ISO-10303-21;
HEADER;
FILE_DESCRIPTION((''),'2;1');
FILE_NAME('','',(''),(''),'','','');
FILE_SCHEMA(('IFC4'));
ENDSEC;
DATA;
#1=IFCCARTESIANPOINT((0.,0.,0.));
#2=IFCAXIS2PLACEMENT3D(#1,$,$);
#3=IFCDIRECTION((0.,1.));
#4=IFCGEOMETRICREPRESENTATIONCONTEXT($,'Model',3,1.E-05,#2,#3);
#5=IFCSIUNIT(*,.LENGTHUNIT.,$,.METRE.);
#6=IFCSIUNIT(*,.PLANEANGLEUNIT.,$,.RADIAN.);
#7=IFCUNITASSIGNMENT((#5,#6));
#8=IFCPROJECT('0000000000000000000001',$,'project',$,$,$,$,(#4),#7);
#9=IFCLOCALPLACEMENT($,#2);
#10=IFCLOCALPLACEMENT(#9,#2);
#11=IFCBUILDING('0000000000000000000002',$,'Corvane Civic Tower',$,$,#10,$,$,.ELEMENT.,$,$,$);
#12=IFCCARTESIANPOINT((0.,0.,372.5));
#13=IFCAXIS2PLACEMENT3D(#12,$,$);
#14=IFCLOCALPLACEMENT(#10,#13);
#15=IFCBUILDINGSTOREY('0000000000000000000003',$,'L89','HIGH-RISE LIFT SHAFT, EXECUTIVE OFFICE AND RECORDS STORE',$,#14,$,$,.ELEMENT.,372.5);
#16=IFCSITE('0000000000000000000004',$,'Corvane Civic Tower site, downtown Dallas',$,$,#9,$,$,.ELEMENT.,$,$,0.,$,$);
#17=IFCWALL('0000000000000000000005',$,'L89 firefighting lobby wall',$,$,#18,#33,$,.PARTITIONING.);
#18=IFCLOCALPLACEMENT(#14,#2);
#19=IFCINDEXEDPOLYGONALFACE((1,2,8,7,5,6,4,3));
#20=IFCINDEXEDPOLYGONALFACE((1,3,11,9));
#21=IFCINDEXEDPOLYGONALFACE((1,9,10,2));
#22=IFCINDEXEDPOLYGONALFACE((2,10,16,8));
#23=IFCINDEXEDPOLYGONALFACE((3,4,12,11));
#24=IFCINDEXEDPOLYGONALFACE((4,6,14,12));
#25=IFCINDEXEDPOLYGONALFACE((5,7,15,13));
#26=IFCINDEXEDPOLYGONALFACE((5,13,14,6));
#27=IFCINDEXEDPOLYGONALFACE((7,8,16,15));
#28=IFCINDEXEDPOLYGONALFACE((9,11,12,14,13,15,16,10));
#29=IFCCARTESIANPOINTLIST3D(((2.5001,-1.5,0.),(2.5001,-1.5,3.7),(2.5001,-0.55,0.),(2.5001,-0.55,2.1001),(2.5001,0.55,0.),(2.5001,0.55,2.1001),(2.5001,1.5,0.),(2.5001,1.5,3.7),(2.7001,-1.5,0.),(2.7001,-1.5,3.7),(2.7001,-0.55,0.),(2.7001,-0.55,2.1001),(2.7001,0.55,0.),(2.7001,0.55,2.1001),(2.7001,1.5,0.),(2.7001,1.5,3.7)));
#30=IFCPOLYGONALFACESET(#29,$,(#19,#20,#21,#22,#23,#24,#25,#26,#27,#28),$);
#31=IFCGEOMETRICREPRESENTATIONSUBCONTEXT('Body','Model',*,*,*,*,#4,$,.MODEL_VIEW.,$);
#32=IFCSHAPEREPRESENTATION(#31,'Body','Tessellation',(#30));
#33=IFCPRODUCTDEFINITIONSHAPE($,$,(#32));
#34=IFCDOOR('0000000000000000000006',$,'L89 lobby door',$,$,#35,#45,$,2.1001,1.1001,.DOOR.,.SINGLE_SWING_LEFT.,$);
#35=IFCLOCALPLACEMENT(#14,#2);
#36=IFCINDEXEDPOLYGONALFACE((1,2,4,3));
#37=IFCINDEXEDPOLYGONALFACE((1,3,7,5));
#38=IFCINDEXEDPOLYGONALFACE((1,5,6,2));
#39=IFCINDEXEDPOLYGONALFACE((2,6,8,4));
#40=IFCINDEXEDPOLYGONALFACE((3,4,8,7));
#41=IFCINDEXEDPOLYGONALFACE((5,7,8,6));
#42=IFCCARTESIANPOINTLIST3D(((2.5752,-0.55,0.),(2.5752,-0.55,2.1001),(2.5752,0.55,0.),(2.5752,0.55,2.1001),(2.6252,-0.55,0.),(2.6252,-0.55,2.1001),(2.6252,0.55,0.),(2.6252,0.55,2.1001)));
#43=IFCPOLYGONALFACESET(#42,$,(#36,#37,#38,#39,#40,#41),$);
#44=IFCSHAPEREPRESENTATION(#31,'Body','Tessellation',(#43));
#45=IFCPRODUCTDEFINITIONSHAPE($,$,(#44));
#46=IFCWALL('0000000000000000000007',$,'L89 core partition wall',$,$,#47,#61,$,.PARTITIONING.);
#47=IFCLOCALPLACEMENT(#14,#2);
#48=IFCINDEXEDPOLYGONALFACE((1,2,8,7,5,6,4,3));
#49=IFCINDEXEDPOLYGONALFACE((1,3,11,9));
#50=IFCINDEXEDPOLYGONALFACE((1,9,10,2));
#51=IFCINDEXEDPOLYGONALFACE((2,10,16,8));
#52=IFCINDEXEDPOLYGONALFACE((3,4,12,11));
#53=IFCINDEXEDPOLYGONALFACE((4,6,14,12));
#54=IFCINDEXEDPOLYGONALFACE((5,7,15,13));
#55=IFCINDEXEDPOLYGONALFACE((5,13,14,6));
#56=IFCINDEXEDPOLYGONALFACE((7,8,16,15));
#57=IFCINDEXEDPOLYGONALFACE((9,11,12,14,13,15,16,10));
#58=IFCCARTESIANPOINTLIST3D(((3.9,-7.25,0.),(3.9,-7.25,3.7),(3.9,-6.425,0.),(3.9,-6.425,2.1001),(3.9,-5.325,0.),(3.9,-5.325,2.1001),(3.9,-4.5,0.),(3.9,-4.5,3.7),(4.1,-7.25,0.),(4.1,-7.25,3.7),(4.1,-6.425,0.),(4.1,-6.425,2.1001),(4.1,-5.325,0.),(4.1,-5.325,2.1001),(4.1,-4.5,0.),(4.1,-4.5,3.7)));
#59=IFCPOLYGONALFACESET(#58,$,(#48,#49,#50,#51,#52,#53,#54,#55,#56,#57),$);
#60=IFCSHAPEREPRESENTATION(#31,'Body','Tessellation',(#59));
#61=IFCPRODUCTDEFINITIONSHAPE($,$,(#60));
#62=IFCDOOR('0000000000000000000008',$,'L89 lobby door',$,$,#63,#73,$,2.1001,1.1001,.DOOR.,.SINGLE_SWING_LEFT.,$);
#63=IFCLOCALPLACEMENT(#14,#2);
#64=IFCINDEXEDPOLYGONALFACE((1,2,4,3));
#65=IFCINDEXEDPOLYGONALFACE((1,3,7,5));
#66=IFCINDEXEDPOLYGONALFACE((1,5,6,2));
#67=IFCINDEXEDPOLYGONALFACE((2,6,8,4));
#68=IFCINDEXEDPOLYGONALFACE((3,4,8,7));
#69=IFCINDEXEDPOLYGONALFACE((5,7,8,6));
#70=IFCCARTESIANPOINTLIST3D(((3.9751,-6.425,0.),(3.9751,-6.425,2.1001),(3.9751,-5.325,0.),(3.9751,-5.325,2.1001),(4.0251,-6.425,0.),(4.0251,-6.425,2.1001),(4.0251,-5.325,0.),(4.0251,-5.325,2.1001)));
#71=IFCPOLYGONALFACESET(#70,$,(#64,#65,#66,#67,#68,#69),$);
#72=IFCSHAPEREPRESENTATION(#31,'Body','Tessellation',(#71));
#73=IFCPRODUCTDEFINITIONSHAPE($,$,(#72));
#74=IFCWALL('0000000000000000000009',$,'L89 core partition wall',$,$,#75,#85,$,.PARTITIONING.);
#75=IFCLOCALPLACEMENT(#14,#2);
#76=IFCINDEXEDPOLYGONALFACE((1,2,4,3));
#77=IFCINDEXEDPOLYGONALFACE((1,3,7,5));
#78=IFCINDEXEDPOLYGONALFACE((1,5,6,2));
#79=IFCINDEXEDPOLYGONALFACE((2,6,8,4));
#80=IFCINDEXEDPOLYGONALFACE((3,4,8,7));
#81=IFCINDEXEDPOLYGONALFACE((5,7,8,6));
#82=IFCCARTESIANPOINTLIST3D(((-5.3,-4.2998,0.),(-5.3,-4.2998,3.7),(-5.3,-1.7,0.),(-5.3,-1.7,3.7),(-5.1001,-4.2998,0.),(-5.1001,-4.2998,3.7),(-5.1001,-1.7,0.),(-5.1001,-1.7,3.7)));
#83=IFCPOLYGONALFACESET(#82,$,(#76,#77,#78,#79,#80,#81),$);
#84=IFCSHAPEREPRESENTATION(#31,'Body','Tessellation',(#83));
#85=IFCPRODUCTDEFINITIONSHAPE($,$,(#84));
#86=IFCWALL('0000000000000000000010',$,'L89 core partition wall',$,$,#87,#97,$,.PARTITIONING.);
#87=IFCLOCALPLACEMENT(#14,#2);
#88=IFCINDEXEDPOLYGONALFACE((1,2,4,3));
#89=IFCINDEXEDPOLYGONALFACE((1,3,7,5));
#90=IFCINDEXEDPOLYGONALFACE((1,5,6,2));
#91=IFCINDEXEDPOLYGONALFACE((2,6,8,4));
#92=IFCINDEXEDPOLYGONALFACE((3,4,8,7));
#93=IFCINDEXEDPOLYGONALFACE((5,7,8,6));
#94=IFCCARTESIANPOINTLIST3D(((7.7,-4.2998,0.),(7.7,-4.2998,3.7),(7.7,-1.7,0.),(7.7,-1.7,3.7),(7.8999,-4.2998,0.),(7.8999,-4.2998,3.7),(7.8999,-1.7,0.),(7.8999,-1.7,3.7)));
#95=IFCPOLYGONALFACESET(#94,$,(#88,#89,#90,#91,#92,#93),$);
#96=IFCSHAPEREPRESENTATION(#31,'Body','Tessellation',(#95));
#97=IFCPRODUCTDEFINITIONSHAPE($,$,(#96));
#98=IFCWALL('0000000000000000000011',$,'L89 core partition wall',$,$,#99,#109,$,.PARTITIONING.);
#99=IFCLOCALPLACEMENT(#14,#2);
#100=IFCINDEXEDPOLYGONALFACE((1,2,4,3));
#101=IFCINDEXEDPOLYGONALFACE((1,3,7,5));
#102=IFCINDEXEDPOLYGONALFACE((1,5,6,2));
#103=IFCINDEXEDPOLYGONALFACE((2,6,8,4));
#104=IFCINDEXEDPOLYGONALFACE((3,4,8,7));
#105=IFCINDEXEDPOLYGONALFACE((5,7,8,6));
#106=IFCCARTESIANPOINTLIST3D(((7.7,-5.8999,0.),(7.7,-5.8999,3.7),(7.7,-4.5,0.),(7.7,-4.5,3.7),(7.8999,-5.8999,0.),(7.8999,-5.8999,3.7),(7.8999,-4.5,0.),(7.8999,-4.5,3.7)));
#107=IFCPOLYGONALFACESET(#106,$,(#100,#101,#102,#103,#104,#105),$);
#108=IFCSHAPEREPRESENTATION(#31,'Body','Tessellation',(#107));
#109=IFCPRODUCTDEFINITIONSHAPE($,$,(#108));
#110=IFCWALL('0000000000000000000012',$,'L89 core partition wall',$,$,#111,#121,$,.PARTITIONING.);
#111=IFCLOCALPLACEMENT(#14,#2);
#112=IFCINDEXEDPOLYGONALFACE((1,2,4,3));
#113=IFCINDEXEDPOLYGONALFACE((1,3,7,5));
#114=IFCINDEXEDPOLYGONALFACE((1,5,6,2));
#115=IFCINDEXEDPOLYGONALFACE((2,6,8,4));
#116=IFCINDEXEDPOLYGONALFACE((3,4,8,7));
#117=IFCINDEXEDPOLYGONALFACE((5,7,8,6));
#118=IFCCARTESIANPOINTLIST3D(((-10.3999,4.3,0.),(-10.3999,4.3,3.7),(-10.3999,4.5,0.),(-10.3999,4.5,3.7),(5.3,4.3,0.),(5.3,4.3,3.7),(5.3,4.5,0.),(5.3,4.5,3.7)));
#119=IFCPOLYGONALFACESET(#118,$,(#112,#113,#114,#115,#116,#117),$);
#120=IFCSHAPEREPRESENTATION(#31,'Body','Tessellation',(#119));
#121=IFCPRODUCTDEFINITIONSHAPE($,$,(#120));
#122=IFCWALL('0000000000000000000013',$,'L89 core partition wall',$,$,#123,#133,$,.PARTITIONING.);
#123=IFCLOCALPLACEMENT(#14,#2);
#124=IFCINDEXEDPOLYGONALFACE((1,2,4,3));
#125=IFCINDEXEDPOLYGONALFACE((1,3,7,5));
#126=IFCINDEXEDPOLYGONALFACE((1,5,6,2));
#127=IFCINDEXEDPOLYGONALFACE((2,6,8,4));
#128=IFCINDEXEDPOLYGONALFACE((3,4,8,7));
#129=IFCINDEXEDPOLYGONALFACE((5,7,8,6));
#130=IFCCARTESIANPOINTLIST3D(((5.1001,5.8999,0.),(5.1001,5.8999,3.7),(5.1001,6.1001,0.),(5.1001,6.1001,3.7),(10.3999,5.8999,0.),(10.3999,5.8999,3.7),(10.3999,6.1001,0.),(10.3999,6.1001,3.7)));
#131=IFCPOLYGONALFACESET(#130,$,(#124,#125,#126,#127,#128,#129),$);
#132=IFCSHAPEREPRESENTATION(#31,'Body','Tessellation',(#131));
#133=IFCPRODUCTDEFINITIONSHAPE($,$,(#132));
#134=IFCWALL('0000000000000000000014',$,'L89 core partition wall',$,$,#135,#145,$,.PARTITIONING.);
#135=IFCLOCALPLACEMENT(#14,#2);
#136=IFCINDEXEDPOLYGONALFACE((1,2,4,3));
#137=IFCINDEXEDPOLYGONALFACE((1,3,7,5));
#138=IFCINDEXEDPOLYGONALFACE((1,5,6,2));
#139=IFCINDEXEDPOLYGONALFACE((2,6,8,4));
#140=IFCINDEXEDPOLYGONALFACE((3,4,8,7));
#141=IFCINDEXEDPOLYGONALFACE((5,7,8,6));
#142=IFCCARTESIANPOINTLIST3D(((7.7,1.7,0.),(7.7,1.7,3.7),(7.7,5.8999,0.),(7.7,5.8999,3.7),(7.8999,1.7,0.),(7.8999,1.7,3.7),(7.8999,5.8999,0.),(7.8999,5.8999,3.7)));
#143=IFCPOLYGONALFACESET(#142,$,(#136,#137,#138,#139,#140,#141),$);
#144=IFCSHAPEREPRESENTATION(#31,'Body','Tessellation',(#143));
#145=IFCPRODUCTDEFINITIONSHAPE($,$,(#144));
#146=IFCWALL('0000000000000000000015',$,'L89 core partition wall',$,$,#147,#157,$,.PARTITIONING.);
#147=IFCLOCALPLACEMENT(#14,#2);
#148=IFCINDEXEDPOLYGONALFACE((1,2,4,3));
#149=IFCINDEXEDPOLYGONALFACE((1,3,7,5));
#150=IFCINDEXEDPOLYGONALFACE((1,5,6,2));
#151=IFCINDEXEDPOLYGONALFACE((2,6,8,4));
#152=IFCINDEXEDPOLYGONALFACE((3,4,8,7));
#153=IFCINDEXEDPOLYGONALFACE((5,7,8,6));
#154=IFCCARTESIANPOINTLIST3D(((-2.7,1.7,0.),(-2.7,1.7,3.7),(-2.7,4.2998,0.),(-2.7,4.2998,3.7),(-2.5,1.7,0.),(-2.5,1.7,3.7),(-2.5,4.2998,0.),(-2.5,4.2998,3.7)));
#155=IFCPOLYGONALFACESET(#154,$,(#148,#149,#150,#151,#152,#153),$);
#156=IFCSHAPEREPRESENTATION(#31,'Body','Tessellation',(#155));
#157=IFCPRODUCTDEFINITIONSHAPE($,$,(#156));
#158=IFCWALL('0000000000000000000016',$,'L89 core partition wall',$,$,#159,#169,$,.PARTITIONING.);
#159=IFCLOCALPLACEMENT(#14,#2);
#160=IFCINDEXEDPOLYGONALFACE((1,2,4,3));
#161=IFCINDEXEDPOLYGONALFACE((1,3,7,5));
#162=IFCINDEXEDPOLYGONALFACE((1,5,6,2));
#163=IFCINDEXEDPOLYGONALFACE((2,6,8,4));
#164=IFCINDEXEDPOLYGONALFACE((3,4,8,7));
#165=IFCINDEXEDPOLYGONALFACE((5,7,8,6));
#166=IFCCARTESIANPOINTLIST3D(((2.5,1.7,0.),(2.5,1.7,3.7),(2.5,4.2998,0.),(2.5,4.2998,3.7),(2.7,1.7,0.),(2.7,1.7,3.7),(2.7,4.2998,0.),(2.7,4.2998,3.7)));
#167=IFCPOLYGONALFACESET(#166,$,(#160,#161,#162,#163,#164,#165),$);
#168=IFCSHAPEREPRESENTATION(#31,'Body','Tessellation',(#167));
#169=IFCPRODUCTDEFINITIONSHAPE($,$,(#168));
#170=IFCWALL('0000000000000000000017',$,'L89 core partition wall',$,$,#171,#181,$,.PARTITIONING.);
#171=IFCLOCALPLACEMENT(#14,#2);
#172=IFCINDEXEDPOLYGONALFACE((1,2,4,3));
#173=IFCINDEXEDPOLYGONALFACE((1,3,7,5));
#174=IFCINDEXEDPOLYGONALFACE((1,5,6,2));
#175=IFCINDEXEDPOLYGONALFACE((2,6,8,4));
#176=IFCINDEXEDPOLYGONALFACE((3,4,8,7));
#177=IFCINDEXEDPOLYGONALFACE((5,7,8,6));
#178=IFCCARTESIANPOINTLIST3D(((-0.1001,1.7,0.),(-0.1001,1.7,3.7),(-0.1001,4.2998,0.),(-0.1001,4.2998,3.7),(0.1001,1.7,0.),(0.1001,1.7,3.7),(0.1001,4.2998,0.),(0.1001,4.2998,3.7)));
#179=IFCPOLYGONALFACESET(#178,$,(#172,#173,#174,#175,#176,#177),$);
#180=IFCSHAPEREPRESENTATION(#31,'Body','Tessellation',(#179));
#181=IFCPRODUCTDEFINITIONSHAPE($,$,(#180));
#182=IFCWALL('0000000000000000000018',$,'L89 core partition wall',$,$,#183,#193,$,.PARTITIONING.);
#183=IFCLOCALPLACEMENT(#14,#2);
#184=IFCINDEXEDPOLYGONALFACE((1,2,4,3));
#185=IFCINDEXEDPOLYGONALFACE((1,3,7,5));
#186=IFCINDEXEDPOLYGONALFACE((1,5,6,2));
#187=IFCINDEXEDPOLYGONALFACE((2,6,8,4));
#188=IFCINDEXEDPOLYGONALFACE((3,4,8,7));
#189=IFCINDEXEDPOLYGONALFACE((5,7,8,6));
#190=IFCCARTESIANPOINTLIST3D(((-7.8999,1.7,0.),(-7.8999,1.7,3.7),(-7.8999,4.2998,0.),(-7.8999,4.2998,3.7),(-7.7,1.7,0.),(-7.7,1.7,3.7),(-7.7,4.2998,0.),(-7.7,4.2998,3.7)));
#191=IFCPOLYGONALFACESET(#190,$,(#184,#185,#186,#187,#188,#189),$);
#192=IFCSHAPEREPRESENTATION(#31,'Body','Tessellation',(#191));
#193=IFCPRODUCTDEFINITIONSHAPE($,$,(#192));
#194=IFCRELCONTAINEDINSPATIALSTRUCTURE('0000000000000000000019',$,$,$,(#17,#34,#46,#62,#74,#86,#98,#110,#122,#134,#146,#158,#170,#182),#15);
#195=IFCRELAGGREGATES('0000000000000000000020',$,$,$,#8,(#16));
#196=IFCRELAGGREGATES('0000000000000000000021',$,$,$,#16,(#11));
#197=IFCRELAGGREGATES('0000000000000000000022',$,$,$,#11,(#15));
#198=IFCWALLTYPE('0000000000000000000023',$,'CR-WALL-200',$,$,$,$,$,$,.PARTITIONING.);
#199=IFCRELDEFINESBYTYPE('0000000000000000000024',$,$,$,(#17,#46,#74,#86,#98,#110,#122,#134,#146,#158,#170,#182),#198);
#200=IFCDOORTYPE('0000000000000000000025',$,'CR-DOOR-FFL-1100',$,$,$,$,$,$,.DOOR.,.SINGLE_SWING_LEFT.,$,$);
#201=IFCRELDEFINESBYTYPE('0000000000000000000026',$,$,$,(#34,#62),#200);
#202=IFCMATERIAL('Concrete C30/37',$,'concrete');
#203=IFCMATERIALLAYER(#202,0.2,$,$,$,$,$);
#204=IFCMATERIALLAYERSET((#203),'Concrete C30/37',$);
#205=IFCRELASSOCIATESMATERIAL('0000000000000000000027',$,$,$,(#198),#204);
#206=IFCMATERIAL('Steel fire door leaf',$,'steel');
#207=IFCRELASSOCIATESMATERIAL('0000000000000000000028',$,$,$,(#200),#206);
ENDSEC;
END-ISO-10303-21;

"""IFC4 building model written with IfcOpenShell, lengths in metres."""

from ifc_helpers import new_model, si_unit, direction, frame, frame_2d, origin, place, context, subcontext, project, spatial, polyline, rectangle, outline, extrude, material, layer, layer_set, type_object, element, fill, save


model = new_model("IFC4")

# Units and contexts
model_context = context("Model", 3, precision=1e-05, world=origin(), true_north=direction((0.0, 1.0)))
body_context = subcontext(model_context, "Body", "Model", "MODEL_VIEW")
ifc_project = project(units=[si_unit("LENGTHUNIT", "METRE"), si_unit("PLANEANGLEUNIT", "RADIAN")], contexts=[model_context])

# Site, building, storey
site_placement = place(None, origin())
site = spatial("IfcSite", under=ifc_project, at=site_placement, Name="Corvane Civic Tower site, downtown Dallas", CompositionType="ELEMENT", RefElevation=0.0)
building_placement = place(site_placement, origin())
building = spatial("IfcBuilding", under=site, at=building_placement, Name="Corvane Civic Tower", CompositionType="ELEMENT")
storey_placement = place(building_placement, frame((0.0, 0.0, 372.5)))
storey = spatial("IfcBuildingStorey", under=building, at=storey_placement, Name="L89", Description="HIGH-RISE LIFT SHAFT, EXECUTIVE OFFICE AND RECORDS STORE", CompositionType="ELEMENT", Elevation=372.5)

# Walls, openings, doors
ifc_material_1 = material(Name="Concrete C30/37", Category="concrete")
ifc_layer_1 = layer(ifc_material_1, 0.2)
ifc_layer_set_1 = layer_set([ifc_layer_1], Name="Concrete C30/37")
wall_type_1 = type_object("IfcWallType", Name="CR-WALL-200", PredefinedType="PARTITIONING", material=ifc_layer_set_1)
wall_1_placement = place(storey_placement, frame((2.6001, -1.5, 0.0), z_axis=(0.0, 0.0, 1.0), x_axis=(0.0, 1.0, 0.0)))
wall_1 = element("IfcWall", 1, at=wall_1_placement, inside=storey, type_object=wall_type_1, Name="L89 firefighting lobby wall", PredefinedType="PARTITIONING", context=body_context, shape_type="SweptSolid", body=[
    extrude(rectangle(XDim=3.0, YDim=0.2, at=frame_2d((1.5, 0.0))), origin(), (0.0, 0.0, 1.0), 3.7),
])
opening_1_placement = place(wall_1_placement, frame((0.95, 0.0, 0.0)))
opening_1 = element("IfcOpeningElement", 2, at=opening_1_placement, cuts=wall_1, PredefinedType="OPENING", context=body_context, shape_type="SweptSolid", body=[
    extrude(rectangle(XDim=1.1001, YDim=2.1001, at=frame_2d((0.55, 1.05))), frame((0.0, 0.1099, 0.0), z_axis=(0.0, -1.0, 0.0), x_axis=(1.0, 0.0, 0.0)), (0.0, 0.0, 1.0), 0.22),
])
ifc_material_2 = material(Name="Steel fire door leaf", Category="steel")
door_type_1 = type_object("IfcDoorType", Name="CR-DOOR-FFL-1100", OperationType="SINGLE_SWING_LEFT", PredefinedType="DOOR", material=ifc_material_2)
door_1_placement = place(opening_1_placement, origin())
door_1 = element("IfcDoor", 3, at=door_1_placement, inside=storey, type_object=door_type_1, Name="L89 lobby door", OperationType="SINGLE_SWING_LEFT", OverallHeight=2.1001, OverallWidth=1.1001, PredefinedType="DOOR", context=body_context, shape_type="SweptSolid", body=[
    extrude(rectangle(XDim=1.1001, YDim=2.1001, at=frame_2d((0.55, 1.05))), frame((0.0, 0.0249, 0.0), z_axis=(0.0, -1.0, 0.0), x_axis=(1.0, 0.0, 0.0)), (0.0, 0.0, 1.0), 0.05),
])
fill(opening_1, door_1)
wall_2_placement = place(storey_placement, frame((4.0, -7.25, 0.0), z_axis=(0.0, 0.0, 1.0), x_axis=(0.0, 1.0, 0.0)))
wall_2 = element("IfcWall", 4, at=wall_2_placement, inside=storey, type_object=wall_type_1, Name="L89 core partition wall", PredefinedType="PARTITIONING", context=body_context, shape_type="SweptSolid", body=[
    extrude(rectangle(XDim=2.75, YDim=0.2, at=frame_2d((1.375, 0.0))), origin(), (0.0, 0.0, 1.0), 3.7),
])
opening_2_placement = place(wall_2_placement, frame((0.825, 0.0, 0.0)))
opening_2 = element("IfcOpeningElement", 5, at=opening_2_placement, cuts=wall_2, PredefinedType="OPENING", context=body_context, shape_type="SweptSolid", body=[
    extrude(rectangle(XDim=1.1001, YDim=2.1001, at=frame_2d((0.55, 1.05))), frame((0.0, 0.1099, 0.0), z_axis=(0.0, -1.0, 0.0), x_axis=(1.0, 0.0, 0.0)), (0.0, 0.0, 1.0), 0.22),
])
door_2_placement = place(opening_2_placement, origin())
door_2 = element("IfcDoor", 6, at=door_2_placement, inside=storey, type_object=door_type_1, Name="L89 lobby door", OperationType="SINGLE_SWING_LEFT", OverallHeight=2.1001, OverallWidth=1.1001, PredefinedType="DOOR", context=body_context, shape_type="SweptSolid", body=[
    extrude(rectangle(XDim=1.1001, YDim=2.1001, at=frame_2d((0.55, 1.05))), frame((0.0, 0.0249, 0.0), z_axis=(0.0, -1.0, 0.0), x_axis=(1.0, 0.0, 0.0)), (0.0, 0.0, 1.0), 0.05),
])
fill(opening_2, door_2)

# Walls
wall_3_placement = place(storey_placement, origin())
element("IfcWall", 7, at=wall_3_placement, inside=storey, type_object=wall_type_1, Name="L89 core partition wall", PredefinedType="PARTITIONING", context=body_context, shape_type="SweptSolid", body=[
    extrude(outline(polyline([(-5.1001, -1.7), (-5.1001, -4.2998), (-5.3, -4.2998), (-5.3, -1.7), (-5.1001, -1.7)])), origin(), (0.0, 0.0, 1.0), 3.7),
])
wall_4_placement = place(storey_placement, origin())
element("IfcWall", 8, at=wall_4_placement, inside=storey, type_object=wall_type_1, Name="L89 core partition wall", PredefinedType="PARTITIONING", context=body_context, shape_type="SweptSolid", body=[
    extrude(outline(polyline([(7.8999, -1.7), (7.8999, -4.2998), (7.7, -4.2998), (7.7, -1.7), (7.8999, -1.7)])), origin(), (0.0, 0.0, 1.0), 3.7),
])
wall_5_placement = place(storey_placement, origin())
element("IfcWall", 9, at=wall_5_placement, inside=storey, type_object=wall_type_1, Name="L89 core partition wall", PredefinedType="PARTITIONING", context=body_context, shape_type="SweptSolid", body=[
    extrude(outline(polyline([(7.8999, -5.8999), (7.7, -5.8999), (7.7, -4.5), (7.8999, -4.5), (7.8999, -5.8999)])), origin(), (0.0, 0.0, 1.0), 3.7),
])
wall_6_placement = place(storey_placement, origin())
element("IfcWall", 10, at=wall_6_placement, inside=storey, type_object=wall_type_1, Name="L89 core partition wall", PredefinedType="PARTITIONING", context=body_context, shape_type="SweptSolid", body=[
    extrude(outline(polyline([(5.3, 4.5), (5.3, 4.3), (-10.3999, 4.3), (-10.3999, 4.5), (5.3, 4.5)])), origin(), (0.0, 0.0, 1.0), 3.7),
])
wall_7_placement = place(storey_placement, origin())
element("IfcWall", 11, at=wall_7_placement, inside=storey, type_object=wall_type_1, Name="L89 core partition wall", PredefinedType="PARTITIONING", context=body_context, shape_type="SweptSolid", body=[
    extrude(outline(polyline([(10.3999, 5.8999), (5.1001, 5.8999), (5.1001, 6.1001), (10.3999, 6.1001), (10.3999, 5.8999)])), origin(), (0.0, 0.0, 1.0), 3.7),
])
wall_8_placement = place(storey_placement, origin())
element("IfcWall", 12, at=wall_8_placement, inside=storey, type_object=wall_type_1, Name="L89 core partition wall", PredefinedType="PARTITIONING", context=body_context, shape_type="SweptSolid", body=[
    extrude(outline(polyline([(7.8999, 1.7), (7.7, 1.7), (7.7, 5.8999), (7.8999, 5.8999), (7.8999, 1.7)])), origin(), (0.0, 0.0, 1.0), 3.7),
])
wall_9_placement = place(storey_placement, origin())
element("IfcWall", 13, at=wall_9_placement, inside=storey, type_object=wall_type_1, Name="L89 core partition wall", PredefinedType="PARTITIONING", context=body_context, shape_type="SweptSolid", body=[
    extrude(outline(polyline([(-2.5, 1.7), (-2.7, 1.7), (-2.7, 4.2998), (-2.5, 4.2998), (-2.5, 1.7)])), origin(), (0.0, 0.0, 1.0), 3.7),
])
wall_10_placement = place(storey_placement, origin())
element("IfcWall", 14, at=wall_10_placement, inside=storey, type_object=wall_type_1, Name="L89 core partition wall", PredefinedType="PARTITIONING", context=body_context, shape_type="SweptSolid", body=[
    extrude(outline(polyline([(2.7, 1.7), (2.5, 1.7), (2.5, 4.2998), (2.7, 4.2998), (2.7, 1.7)])), origin(), (0.0, 0.0, 1.0), 3.7),
])
wall_11_placement = place(storey_placement, origin())
element("IfcWall", 15, at=wall_11_placement, inside=storey, type_object=wall_type_1, Name="L89 core partition wall", PredefinedType="PARTITIONING", context=body_context, shape_type="SweptSolid", body=[
    extrude(outline(polyline([(0.1001, 1.7), (-0.1001, 1.7), (-0.1001, 4.2998), (0.1001, 4.2998), (0.1001, 1.7)])), origin(), (0.0, 0.0, 1.0), 3.7),
])
wall_12_placement = place(storey_placement, origin())
element("IfcWall", 16, at=wall_12_placement, inside=storey, type_object=wall_type_1, Name="L89 core partition wall", PredefinedType="PARTITIONING", context=body_context, shape_type="SweptSolid", body=[
    extrude(outline(polyline([(-7.7, 1.7), (-7.8999, 1.7), (-7.8999, 4.2998), (-7.7, 4.2998), (-7.7, 1.7)])), origin(), (0.0, 0.0, 1.0), 3.7),
])

save(model, "model.ifc")
